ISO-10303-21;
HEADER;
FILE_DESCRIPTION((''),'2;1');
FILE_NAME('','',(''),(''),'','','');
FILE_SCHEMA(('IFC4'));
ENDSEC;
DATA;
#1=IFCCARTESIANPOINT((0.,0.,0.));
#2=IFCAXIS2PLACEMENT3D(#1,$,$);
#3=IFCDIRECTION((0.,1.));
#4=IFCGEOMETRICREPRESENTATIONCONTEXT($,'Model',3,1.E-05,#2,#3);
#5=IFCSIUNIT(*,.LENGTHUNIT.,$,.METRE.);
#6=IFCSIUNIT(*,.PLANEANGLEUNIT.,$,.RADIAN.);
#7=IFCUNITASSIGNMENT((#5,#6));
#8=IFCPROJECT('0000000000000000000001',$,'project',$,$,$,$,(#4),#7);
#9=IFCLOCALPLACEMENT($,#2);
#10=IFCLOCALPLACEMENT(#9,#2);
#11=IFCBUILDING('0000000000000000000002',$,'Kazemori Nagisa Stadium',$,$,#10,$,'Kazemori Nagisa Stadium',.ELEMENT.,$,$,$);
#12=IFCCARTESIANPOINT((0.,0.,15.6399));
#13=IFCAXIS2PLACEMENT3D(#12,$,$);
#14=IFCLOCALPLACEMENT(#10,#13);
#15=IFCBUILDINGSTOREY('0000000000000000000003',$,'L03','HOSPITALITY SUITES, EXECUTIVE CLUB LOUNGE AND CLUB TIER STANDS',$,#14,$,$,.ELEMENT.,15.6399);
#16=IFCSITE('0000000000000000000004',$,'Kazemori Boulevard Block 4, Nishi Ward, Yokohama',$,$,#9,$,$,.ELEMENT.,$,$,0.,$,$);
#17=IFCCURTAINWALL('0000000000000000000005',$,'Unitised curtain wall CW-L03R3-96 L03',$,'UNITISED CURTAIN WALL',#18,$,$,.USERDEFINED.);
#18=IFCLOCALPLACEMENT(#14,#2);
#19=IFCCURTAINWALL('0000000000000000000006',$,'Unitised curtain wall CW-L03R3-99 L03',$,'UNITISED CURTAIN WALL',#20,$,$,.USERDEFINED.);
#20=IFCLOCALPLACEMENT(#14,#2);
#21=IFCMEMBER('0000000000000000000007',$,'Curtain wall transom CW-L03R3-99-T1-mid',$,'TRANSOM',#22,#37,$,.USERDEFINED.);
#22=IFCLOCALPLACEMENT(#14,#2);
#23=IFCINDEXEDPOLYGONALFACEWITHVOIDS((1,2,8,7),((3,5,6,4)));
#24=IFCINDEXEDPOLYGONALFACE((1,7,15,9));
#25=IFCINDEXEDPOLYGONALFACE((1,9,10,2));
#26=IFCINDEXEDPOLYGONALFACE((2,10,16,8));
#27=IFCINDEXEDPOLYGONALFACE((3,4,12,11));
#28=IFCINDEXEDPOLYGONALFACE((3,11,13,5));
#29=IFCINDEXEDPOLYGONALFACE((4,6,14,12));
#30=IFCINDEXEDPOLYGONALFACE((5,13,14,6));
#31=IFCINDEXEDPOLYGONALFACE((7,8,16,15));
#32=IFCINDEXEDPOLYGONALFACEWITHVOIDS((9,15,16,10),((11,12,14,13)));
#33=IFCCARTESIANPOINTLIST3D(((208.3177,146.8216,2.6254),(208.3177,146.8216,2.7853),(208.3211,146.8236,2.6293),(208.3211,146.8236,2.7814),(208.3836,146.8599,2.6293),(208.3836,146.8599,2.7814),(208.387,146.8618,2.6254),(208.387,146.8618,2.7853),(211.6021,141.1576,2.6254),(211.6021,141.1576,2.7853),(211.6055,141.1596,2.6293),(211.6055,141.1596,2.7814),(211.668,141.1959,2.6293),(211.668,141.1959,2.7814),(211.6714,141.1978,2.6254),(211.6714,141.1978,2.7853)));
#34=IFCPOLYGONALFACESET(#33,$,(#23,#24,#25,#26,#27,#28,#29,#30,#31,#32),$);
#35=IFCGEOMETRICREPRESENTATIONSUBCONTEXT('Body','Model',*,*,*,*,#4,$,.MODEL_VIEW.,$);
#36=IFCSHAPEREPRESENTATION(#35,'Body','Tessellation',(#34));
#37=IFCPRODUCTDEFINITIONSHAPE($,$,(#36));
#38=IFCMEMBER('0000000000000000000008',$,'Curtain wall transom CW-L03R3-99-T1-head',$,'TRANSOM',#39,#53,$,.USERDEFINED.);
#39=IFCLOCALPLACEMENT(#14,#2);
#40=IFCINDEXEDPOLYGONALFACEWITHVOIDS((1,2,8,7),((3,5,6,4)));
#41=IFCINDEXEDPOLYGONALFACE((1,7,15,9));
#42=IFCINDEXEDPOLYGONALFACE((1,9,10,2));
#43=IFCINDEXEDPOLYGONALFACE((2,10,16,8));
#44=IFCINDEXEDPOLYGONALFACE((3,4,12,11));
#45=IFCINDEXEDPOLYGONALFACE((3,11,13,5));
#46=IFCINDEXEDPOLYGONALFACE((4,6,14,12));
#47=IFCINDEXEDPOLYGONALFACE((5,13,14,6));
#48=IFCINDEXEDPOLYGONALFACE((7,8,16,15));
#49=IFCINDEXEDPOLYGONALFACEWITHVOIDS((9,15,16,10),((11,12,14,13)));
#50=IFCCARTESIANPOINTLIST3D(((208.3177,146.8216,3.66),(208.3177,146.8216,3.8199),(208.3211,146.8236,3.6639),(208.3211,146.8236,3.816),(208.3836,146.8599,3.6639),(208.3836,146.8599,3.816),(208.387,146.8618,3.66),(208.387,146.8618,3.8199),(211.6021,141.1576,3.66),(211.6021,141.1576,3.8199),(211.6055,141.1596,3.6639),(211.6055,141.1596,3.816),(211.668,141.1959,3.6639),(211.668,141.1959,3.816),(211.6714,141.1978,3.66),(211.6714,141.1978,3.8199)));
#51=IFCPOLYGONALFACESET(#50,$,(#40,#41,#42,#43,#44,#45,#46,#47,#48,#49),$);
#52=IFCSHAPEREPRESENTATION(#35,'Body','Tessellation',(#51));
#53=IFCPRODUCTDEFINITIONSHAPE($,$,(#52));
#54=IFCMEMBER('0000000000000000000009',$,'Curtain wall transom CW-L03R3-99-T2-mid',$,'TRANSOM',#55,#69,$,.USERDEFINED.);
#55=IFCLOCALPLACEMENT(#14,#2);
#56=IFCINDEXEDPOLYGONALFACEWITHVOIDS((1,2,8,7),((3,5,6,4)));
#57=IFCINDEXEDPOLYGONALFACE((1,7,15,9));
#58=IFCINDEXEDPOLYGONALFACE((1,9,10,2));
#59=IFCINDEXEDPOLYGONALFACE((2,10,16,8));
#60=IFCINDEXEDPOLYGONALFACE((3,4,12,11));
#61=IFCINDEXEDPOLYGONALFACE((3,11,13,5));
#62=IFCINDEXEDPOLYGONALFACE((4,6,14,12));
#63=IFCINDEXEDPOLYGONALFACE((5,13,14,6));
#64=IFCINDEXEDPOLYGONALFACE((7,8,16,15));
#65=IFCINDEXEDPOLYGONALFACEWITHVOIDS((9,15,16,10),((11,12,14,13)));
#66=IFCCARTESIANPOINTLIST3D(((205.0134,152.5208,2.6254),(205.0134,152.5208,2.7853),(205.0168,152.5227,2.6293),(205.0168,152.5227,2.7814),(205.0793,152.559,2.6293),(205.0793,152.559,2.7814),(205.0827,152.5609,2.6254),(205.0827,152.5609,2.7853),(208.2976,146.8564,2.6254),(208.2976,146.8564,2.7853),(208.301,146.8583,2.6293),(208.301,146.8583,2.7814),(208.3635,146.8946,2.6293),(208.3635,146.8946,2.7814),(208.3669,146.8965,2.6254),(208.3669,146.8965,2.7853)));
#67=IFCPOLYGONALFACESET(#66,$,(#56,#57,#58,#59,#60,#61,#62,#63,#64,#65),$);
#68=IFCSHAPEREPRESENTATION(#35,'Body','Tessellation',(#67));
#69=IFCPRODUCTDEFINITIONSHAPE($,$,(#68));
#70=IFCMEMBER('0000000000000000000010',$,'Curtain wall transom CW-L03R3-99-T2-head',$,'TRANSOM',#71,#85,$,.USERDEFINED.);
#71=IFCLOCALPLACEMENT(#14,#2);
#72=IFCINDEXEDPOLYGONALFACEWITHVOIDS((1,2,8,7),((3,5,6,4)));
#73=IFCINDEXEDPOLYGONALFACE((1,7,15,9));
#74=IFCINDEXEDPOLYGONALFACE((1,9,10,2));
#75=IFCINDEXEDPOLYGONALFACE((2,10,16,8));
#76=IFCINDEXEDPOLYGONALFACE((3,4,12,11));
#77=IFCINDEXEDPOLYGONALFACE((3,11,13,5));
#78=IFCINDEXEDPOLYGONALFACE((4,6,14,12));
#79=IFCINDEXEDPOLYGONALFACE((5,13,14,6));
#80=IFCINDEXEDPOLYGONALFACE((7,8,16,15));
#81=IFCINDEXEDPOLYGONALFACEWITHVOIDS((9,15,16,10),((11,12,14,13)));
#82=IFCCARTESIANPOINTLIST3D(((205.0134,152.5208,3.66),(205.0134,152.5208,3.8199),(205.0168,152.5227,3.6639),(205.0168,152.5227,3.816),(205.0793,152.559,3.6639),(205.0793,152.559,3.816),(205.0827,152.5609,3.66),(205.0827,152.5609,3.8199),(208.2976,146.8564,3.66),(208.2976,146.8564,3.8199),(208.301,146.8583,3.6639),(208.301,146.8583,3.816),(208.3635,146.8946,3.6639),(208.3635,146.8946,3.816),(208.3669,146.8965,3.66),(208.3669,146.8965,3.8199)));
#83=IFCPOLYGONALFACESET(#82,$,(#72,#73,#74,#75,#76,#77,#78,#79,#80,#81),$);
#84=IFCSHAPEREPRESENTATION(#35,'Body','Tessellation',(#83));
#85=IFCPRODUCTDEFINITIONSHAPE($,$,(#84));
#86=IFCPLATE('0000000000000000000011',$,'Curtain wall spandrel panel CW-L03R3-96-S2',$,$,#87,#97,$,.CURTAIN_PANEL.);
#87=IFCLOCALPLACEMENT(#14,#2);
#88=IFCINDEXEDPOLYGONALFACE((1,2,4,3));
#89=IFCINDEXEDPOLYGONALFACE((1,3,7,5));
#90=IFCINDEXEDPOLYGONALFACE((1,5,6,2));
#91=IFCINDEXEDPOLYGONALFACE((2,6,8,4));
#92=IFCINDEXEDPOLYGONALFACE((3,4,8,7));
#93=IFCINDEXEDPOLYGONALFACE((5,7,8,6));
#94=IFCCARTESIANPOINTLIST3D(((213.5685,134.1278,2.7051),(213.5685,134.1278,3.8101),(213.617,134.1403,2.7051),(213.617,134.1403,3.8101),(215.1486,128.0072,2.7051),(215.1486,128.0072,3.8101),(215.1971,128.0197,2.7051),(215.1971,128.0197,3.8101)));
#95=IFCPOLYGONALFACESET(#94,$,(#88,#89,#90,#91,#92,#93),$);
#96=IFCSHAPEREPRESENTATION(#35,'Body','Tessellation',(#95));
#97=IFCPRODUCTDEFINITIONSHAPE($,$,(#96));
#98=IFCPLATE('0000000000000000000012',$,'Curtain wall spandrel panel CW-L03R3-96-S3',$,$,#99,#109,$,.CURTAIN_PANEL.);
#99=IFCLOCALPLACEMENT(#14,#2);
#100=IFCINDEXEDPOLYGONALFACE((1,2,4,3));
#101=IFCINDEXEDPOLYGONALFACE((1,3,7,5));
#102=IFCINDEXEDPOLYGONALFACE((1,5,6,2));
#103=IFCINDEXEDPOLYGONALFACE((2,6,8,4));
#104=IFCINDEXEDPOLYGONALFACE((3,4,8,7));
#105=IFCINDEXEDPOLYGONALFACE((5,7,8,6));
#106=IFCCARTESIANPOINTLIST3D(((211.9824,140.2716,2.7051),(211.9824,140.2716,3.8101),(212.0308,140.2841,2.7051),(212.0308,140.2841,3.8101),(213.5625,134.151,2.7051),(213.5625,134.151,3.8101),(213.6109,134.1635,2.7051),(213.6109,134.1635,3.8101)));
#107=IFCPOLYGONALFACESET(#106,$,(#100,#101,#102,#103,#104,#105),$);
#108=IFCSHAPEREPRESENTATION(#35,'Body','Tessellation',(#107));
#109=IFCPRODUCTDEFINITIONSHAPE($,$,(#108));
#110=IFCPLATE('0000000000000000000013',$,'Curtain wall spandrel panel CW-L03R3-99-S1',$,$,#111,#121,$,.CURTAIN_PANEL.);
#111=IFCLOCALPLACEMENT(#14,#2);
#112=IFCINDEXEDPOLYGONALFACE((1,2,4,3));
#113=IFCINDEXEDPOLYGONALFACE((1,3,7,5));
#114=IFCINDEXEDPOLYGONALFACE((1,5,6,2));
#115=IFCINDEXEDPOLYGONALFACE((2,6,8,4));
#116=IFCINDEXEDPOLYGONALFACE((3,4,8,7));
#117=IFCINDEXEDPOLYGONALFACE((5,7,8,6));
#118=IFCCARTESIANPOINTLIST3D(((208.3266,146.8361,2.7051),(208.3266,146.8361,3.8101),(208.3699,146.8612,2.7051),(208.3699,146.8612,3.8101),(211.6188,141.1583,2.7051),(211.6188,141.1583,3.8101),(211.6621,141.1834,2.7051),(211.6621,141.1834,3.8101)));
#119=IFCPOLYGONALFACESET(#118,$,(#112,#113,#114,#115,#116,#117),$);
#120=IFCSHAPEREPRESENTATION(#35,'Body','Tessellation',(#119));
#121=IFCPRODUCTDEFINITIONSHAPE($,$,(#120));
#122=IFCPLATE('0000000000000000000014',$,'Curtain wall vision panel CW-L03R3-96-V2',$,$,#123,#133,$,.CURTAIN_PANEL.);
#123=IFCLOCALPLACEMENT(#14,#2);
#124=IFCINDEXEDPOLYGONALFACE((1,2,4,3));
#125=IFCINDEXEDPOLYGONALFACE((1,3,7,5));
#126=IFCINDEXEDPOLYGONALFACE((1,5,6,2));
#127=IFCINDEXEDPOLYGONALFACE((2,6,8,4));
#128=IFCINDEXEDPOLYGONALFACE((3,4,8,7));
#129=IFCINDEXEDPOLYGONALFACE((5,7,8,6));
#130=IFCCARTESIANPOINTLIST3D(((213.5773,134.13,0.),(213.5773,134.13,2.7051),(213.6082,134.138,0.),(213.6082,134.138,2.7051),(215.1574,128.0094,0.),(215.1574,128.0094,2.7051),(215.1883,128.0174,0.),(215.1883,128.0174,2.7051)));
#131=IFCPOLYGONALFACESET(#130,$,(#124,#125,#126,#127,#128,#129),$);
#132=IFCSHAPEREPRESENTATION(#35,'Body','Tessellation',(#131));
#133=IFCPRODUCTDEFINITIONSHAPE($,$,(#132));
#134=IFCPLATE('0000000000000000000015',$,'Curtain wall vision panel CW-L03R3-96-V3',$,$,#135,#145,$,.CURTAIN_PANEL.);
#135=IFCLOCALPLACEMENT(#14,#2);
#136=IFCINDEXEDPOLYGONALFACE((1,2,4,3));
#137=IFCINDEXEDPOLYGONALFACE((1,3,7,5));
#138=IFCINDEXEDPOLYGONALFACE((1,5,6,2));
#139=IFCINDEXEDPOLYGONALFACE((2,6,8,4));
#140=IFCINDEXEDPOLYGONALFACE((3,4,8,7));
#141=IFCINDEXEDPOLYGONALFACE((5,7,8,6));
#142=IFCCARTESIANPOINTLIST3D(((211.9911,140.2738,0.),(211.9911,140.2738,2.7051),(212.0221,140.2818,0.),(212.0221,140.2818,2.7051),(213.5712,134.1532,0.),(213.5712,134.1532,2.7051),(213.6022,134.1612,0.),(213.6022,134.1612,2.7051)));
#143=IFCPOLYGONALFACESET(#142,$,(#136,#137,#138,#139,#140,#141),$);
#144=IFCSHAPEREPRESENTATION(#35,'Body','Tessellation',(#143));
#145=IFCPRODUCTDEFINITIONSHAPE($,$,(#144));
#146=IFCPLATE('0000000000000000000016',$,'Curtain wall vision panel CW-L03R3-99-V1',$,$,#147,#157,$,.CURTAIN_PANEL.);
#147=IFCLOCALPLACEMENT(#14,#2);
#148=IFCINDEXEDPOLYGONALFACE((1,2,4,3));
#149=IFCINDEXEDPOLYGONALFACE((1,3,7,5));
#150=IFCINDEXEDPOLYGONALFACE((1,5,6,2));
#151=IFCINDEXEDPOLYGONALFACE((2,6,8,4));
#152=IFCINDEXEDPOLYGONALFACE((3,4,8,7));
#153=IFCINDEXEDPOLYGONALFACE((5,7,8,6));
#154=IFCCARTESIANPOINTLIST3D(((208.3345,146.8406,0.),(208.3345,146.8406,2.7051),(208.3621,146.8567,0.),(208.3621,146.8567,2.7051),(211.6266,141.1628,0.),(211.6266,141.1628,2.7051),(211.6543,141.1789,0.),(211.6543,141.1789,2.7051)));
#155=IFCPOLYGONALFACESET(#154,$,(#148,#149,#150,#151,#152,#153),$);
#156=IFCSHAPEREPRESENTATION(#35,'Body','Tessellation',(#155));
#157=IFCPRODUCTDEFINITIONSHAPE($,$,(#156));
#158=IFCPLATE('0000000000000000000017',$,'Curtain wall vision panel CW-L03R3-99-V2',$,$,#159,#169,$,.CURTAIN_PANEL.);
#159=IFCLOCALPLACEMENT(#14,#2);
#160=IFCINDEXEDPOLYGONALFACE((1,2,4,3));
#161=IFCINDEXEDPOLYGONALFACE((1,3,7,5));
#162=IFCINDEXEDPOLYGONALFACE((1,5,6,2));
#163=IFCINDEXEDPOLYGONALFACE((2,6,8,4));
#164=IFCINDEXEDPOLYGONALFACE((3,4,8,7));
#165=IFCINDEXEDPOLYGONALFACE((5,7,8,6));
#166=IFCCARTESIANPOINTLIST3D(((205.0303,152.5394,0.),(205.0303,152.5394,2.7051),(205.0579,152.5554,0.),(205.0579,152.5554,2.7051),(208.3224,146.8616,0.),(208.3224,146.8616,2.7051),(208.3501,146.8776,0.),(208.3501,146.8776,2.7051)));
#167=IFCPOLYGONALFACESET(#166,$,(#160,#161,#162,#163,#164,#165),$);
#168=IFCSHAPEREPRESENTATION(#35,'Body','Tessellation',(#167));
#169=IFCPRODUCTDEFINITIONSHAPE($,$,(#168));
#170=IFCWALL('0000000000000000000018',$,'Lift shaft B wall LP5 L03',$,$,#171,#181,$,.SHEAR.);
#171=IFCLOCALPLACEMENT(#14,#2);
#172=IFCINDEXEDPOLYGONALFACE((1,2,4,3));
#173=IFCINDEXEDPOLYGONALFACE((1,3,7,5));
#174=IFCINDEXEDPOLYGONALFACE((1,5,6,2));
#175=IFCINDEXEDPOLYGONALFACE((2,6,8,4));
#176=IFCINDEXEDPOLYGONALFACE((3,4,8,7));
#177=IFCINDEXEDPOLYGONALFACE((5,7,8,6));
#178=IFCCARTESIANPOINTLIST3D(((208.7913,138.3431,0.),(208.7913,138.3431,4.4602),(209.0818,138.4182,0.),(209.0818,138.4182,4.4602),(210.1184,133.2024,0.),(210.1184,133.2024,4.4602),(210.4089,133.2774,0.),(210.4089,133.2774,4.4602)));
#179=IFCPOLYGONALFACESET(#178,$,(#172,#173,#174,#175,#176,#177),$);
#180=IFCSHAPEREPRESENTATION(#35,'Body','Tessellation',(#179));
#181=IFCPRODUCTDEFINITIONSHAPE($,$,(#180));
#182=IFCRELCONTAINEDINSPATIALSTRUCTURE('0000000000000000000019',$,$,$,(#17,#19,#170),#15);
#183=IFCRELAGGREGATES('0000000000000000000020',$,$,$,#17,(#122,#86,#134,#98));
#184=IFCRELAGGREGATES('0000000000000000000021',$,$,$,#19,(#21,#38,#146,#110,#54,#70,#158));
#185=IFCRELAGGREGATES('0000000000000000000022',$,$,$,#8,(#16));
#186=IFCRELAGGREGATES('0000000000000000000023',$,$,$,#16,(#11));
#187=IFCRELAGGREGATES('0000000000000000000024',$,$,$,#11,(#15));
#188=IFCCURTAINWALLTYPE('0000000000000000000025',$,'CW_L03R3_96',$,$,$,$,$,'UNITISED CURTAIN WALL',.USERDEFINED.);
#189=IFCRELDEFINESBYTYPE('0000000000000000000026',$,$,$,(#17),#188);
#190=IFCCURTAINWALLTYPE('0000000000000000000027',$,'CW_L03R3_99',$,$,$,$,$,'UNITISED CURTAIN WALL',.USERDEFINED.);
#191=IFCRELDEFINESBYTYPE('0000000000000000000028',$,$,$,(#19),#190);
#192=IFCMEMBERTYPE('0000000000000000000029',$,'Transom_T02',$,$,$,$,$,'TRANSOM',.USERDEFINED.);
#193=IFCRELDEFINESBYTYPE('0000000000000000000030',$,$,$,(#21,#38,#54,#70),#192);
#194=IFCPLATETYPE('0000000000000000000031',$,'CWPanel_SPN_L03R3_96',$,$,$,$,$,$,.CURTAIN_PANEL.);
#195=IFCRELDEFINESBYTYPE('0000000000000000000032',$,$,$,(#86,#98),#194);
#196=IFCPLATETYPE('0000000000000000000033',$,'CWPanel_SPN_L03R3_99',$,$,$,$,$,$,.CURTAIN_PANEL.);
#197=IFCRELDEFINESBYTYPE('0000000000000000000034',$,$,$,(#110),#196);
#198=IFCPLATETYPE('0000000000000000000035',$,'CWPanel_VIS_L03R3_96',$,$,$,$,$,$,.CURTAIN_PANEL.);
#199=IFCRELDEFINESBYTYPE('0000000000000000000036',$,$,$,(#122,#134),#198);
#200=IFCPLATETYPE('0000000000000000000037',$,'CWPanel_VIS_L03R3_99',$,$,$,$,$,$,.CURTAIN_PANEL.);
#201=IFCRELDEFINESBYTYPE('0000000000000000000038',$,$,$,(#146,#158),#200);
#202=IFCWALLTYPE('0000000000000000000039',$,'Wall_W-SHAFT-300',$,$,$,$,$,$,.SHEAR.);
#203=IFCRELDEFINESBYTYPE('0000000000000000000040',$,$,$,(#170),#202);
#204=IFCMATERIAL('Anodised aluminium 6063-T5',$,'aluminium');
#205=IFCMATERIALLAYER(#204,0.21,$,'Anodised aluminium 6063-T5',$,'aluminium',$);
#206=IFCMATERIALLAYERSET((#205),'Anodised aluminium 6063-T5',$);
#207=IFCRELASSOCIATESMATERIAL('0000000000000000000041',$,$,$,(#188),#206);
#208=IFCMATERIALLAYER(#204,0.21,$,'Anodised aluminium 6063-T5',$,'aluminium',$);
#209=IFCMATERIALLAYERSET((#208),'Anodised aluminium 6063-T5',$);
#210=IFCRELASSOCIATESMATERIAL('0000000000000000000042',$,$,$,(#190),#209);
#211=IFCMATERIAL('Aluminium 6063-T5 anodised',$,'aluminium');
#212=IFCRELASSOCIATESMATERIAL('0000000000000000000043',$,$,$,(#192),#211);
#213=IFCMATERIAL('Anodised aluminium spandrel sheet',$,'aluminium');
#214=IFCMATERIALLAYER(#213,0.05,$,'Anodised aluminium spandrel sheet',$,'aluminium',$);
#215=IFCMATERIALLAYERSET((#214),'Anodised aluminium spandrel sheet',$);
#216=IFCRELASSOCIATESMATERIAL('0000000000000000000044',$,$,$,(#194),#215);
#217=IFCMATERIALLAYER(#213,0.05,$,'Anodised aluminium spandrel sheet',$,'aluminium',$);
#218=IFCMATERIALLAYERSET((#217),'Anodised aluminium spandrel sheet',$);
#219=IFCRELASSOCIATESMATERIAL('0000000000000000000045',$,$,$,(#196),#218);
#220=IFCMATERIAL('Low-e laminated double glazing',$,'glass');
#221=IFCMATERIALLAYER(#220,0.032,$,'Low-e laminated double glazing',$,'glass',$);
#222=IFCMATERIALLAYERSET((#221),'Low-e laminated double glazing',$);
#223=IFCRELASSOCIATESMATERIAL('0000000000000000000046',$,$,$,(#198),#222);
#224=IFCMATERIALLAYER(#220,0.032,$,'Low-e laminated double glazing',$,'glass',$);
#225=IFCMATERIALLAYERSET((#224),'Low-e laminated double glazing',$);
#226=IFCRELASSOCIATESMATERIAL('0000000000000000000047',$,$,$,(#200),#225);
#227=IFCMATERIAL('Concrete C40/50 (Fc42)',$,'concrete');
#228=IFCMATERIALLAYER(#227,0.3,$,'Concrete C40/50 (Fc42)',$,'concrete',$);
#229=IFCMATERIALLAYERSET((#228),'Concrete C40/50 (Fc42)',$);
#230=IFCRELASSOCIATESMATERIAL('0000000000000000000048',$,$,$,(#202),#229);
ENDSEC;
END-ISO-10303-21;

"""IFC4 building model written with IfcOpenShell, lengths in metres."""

from ifc_helpers import new_model, si_unit, direction, frame, frame_2d, origin, origin_2d, place, context, subcontext, project, spatial, rectangle, hollow_rectangle, extrude, material, layer, layer_set, material_profile, profile_set, type_object, element, aggregate, save


model = new_model("IFC4")

# Units and contexts
model_context = context("Model", 3, precision=1e-05, world=origin(), true_north=direction((0.0, 1.0)))
body_context = subcontext(model_context, "Body", "Model", "MODEL_VIEW")
ifc_project = project(units=[si_unit("LENGTHUNIT", "METRE"), si_unit("PLANEANGLEUNIT", "RADIAN")], contexts=[model_context])

# Site, building, storey
site_placement = place(None, origin())
site = spatial("IfcSite", under=ifc_project, at=site_placement, Name="Kazemori Boulevard Block 4, Nishi Ward, Yokohama", CompositionType="ELEMENT", RefElevation=0.0)
building_placement = place(site_placement, origin())
building = spatial("IfcBuilding", under=site, at=building_placement, Name="Kazemori Nagisa Stadium", LongName="Kazemori Nagisa Stadium", CompositionType="ELEMENT")
storey_placement = place(building_placement, frame((0.0, 0.0, 15.6399)))
storey = spatial("IfcBuildingStorey", under=building, at=storey_placement, Name="L03", Description="HOSPITALITY SUITES, EXECUTIVE CLUB LOUNGE AND CLUB TIER STANDS", CompositionType="ELEMENT", Elevation=15.6399)

# Shared definitions
ifc_material_1 = material(Name="Concrete C40/50 (Fc42)", Category="concrete")

# Curtain walls
ifc_material_2 = material(Name="Anodised aluminium 6063-T5", Category="aluminium")
ifc_layer_1 = layer(ifc_material_2, 0.21, Name="Anodised aluminium 6063-T5", Category="aluminium")
ifc_layer_set_1 = layer_set([ifc_layer_1], Name="Anodised aluminium 6063-T5")
curtain_wall_type_1 = type_object("IfcCurtainWallType", Name="CW_L03R3_96", ElementType="UNITISED CURTAIN WALL", PredefinedType="USERDEFINED", material=ifc_layer_set_1)
curtain_wall_1_placement = place(storey_placement, origin())
curtain_wall_1 = element("IfcCurtainWall", 1, at=curtain_wall_1_placement, inside=storey, type_object=curtain_wall_type_1, Name="Unitised curtain wall CW-L03R3-96 L03", ObjectType="UNITISED CURTAIN WALL", PredefinedType="USERDEFINED")
ifc_material_3 = material(Name="Aluminium 6063-T5 anodised", Category="aluminium")
ifc_layer_2 = layer(ifc_material_2, 0.21, Name="Anodised aluminium 6063-T5", Category="aluminium")
ifc_layer_set_2 = layer_set([ifc_layer_2], Name="Anodised aluminium 6063-T5")
curtain_wall_type_2 = type_object("IfcCurtainWallType", Name="CW_L03R3_99", ElementType="UNITISED CURTAIN WALL", PredefinedType="USERDEFINED", material=ifc_layer_set_2)
curtain_wall_2_placement = place(storey_placement, origin())
curtain_wall_2 = element("IfcCurtainWall", 2, at=curtain_wall_2_placement, inside=storey, type_object=curtain_wall_type_2, Name="Unitised curtain wall CW-L03R3-99 L03", ObjectType="UNITISED CURTAIN WALL", PredefinedType="USERDEFINED")

# Members
ifc_material_profile_1 = material_profile(ifc_material_3, hollow_rectangle(XDim=0.0801, YDim=0.1599, WallThickness=0.0039, at=origin_2d()), Name="ALU-TRAN-80x160x4")
ifc_profile_set_1 = profile_set([ifc_material_profile_1], Name="Aluminium 6063-T5 anodised")
member_type_1 = type_object("IfcMemberType", Name="Transom_T02", ElementType="TRANSOM", PredefinedType="USERDEFINED", material=ifc_profile_set_1)
member_1_placement = place(storey_placement, frame((211.6367, 141.1777, 2.7053), z_axis=(-0.501634, 0.86508, 0.0), x_axis=(-0.86508, -0.501634, 0.0)))
member_1 = element("IfcMember", 3, at=member_1_placement, type_object=member_type_1, Name="Curtain wall transom CW-L03R3-99-T1-mid", ObjectType="TRANSOM", PredefinedType="USERDEFINED", context=body_context, shape_type="SweptSolid", body=[
    extrude(hollow_rectangle(XDim=0.0801, YDim=0.1599, WallThickness=0.0039, at=origin_2d()), origin(), (0.0, 0.0, 1.0), 6.5474),
])
member_2_placement = place(storey_placement, frame((211.6367, 141.1777, 3.74), z_axis=(-0.501634, 0.86508, 0.0), x_axis=(-0.86508, -0.501634, 0.0)))
member_2 = element("IfcMember", 4, at=member_2_placement, type_object=member_type_1, Name="Curtain wall transom CW-L03R3-99-T1-head", ObjectType="TRANSOM", PredefinedType="USERDEFINED", context=body_context, shape_type="SweptSolid", body=[
    extrude(hollow_rectangle(XDim=0.0801, YDim=0.1599, WallThickness=0.0039, at=origin_2d()), origin(), (0.0, 0.0, 1.0), 6.5474),
])
member_3_placement = place(storey_placement, frame((208.3323, 146.8765, 2.7053), z_axis=(-0.50159, 0.865105, 0.0), x_axis=(-0.865105, -0.50159, 0.0)))
member_3 = element("IfcMember", 5, at=member_3_placement, type_object=member_type_1, Name="Curtain wall transom CW-L03R3-99-T2-mid", ObjectType="TRANSOM", PredefinedType="USERDEFINED", context=body_context, shape_type="SweptSolid", body=[
    extrude(hollow_rectangle(XDim=0.0801, YDim=0.1599, WallThickness=0.0039, at=origin_2d()), origin(), (0.0, 0.0, 1.0), 6.5476),
])
member_4_placement = place(storey_placement, frame((208.3323, 146.8765, 3.74), z_axis=(-0.50159, 0.865105, 0.0), x_axis=(-0.865105, -0.50159, 0.0)))
member_4 = element("IfcMember", 6, at=member_4_placement, type_object=member_type_1, Name="Curtain wall transom CW-L03R3-99-T2-head", ObjectType="TRANSOM", PredefinedType="USERDEFINED", context=body_context, shape_type="SweptSolid", body=[
    extrude(hollow_rectangle(XDim=0.0801, YDim=0.1599, WallThickness=0.0039, at=origin_2d()), origin(), (0.0, 0.0, 1.0), 6.5476),
])

# Plates
ifc_material_4 = material(Name="Anodised aluminium spandrel sheet", Category="aluminium")
ifc_layer_3 = layer(ifc_material_4, 0.05, Name="Anodised aluminium spandrel sheet", Category="aluminium")
ifc_layer_set_3 = layer_set([ifc_layer_3], Name="Anodised aluminium spandrel sheet")
plate_type_1 = type_object("IfcPlateType", Name="CWPanel_SPN_L03R3_96", PredefinedType="CURTAIN_PANEL", material=ifc_layer_set_3)
plate_1_placement = place(storey_placement, frame((214.3828, 131.0737, 2.7051), z_axis=(0.0, 0.0, 1.0), x_axis=(-0.249965, 0.968255, 0.0)))
plate_1 = element("IfcPlate", 7, at=plate_1_placement, type_object=plate_type_1, Name="Curtain wall spandrel panel CW-L03R3-96-S2", PredefinedType="CURTAIN_PANEL", context=body_context, shape_type="SweptSolid", body=[
    extrude(rectangle(XDim=6.3213, YDim=0.05, at=origin_2d()), origin(), (0.0, 0.0, 1.0), 1.105),
])
plate_2_placement = place(storey_placement, frame((212.7966, 137.2175, 2.7051), z_axis=(0.0, 0.0, 1.0), x_axis=(-0.249965, 0.968255, 0.0)))
plate_2 = element("IfcPlate", 8, at=plate_2_placement, type_object=plate_type_1, Name="Curtain wall spandrel panel CW-L03R3-96-S3", PredefinedType="CURTAIN_PANEL", context=body_context, shape_type="SweptSolid", body=[
    extrude(rectangle(XDim=6.3213, YDim=0.05, at=origin_2d()), origin(), (0.0, 0.0, 1.0), 1.105),
])
ifc_layer_4 = layer(ifc_material_4, 0.05, Name="Anodised aluminium spandrel sheet", Category="aluminium")
ifc_layer_set_4 = layer_set([ifc_layer_4], Name="Anodised aluminium spandrel sheet")
plate_type_2 = type_object("IfcPlateType", Name="CWPanel_SPN_L03R3_99", PredefinedType="CURTAIN_PANEL", material=ifc_layer_set_4)
plate_3_placement = place(storey_placement, frame((209.9944, 144.0098, 2.7051), z_axis=(0.0, 0.0, 1.0), x_axis=(-0.501612, 0.865093, 0.0)))
plate_3 = element("IfcPlate", 9, at=plate_3_placement, type_object=plate_type_2, Name="Curtain wall spandrel panel CW-L03R3-99-S1", PredefinedType="CURTAIN_PANEL", context=body_context, shape_type="SweptSolid", body=[
    extrude(rectangle(XDim=6.5632, YDim=0.05, at=origin_2d()), origin(), (0.0, 0.0, 1.0), 1.105),
])
ifc_material_5 = material(Name="Low-e laminated double glazing", Category="glass")
ifc_layer_5 = layer(ifc_material_5, 0.032, Name="Low-e laminated double glazing", Category="glass")
ifc_layer_set_5 = layer_set([ifc_layer_5], Name="Low-e laminated double glazing")
plate_type_3 = type_object("IfcPlateType", Name="CWPanel_VIS_L03R3_96", PredefinedType="CURTAIN_PANEL", material=ifc_layer_set_5)
plate_4_placement = place(storey_placement, frame((214.3828, 131.0737, 0.0), z_axis=(0.0, 0.0, 1.0), x_axis=(-0.249965, 0.968255, 0.0)))
plate_4 = element("IfcPlate", 10, at=plate_4_placement, type_object=plate_type_3, Name="Curtain wall vision panel CW-L03R3-96-V2", PredefinedType="CURTAIN_PANEL", context=body_context, shape_type="SweptSolid", body=[
    extrude(rectangle(XDim=6.3213, YDim=0.032, at=origin_2d()), origin(), (0.0, 0.0, 1.0), 2.7051),
])
plate_5_placement = place(storey_placement, frame((212.7966, 137.2175, 0.0), z_axis=(0.0, 0.0, 1.0), x_axis=(-0.249965, 0.968255, 0.0)))
plate_5 = element("IfcPlate", 11, at=plate_5_placement, type_object=plate_type_3, Name="Curtain wall vision panel CW-L03R3-96-V3", PredefinedType="CURTAIN_PANEL", context=body_context, shape_type="SweptSolid", body=[
    extrude(rectangle(XDim=6.3213, YDim=0.032, at=origin_2d()), origin(), (0.0, 0.0, 1.0), 2.7051),
])
aggregate(curtain_wall_1, [plate_4, plate_1, plate_5, plate_2])
ifc_layer_6 = layer(ifc_material_5, 0.032, Name="Low-e laminated double glazing", Category="glass")
ifc_layer_set_6 = layer_set([ifc_layer_6], Name="Low-e laminated double glazing")
plate_type_4 = type_object("IfcPlateType", Name="CWPanel_VIS_L03R3_99", PredefinedType="CURTAIN_PANEL", material=ifc_layer_set_6)
plate_6_placement = place(storey_placement, frame((209.9944, 144.0098, 0.0), z_axis=(0.0, 0.0, 1.0), x_axis=(-0.501612, 0.865093, 0.0)))
plate_6 = element("IfcPlate", 12, at=plate_6_placement, type_object=plate_type_4, Name="Curtain wall vision panel CW-L03R3-99-V1", PredefinedType="CURTAIN_PANEL", context=body_context, shape_type="SweptSolid", body=[
    extrude(rectangle(XDim=6.5632, YDim=0.032, at=origin_2d()), origin(), (0.0, 0.0, 1.0), 2.7051),
])
plate_7_placement = place(storey_placement, frame((206.6902, 149.7085, 0.0), z_axis=(0.0, 0.0, 1.0), x_axis=(-0.501612, 0.865093, 0.0)))
plate_7 = element("IfcPlate", 13, at=plate_7_placement, type_object=plate_type_4, Name="Curtain wall vision panel CW-L03R3-99-V2", PredefinedType="CURTAIN_PANEL", context=body_context, shape_type="SweptSolid", body=[
    extrude(rectangle(XDim=6.5632, YDim=0.032, at=origin_2d()), origin(), (0.0, 0.0, 1.0), 2.7051),
])
aggregate(curtain_wall_2, [member_1, member_2, plate_6, plate_3, member_3, member_4, plate_7])

# Wall
ifc_layer_7 = layer(ifc_material_1, 0.3, Name="Concrete C40/50 (Fc42)", Category="concrete")
ifc_layer_set_7 = layer_set([ifc_layer_7], Name="Concrete C40/50 (Fc42)")
wall_type = type_object("IfcWallType", Name="Wall_W-SHAFT-300", PredefinedType="SHEAR", material=ifc_layer_set_7)
wall_placement = place(storey_placement, frame((210.2637, 133.2397, 0.0), z_axis=(0.0, 0.0, 1.0), x_axis=(-0.249961, 0.968256, 0.0)))
element("IfcWall", 14, at=wall_placement, inside=storey, type_object=wall_type, Name="Lift shaft B wall LP5 L03", PredefinedType="SHEAR", context=body_context, shape_type="SweptSolid", body=[
    extrude(rectangle(XDim=5.3093, YDim=0.3, at=frame_2d((2.6548, 0.0))), origin(), (0.0, 0.0, 1.0), 4.4602),
])

save(model, "model.ifc")
